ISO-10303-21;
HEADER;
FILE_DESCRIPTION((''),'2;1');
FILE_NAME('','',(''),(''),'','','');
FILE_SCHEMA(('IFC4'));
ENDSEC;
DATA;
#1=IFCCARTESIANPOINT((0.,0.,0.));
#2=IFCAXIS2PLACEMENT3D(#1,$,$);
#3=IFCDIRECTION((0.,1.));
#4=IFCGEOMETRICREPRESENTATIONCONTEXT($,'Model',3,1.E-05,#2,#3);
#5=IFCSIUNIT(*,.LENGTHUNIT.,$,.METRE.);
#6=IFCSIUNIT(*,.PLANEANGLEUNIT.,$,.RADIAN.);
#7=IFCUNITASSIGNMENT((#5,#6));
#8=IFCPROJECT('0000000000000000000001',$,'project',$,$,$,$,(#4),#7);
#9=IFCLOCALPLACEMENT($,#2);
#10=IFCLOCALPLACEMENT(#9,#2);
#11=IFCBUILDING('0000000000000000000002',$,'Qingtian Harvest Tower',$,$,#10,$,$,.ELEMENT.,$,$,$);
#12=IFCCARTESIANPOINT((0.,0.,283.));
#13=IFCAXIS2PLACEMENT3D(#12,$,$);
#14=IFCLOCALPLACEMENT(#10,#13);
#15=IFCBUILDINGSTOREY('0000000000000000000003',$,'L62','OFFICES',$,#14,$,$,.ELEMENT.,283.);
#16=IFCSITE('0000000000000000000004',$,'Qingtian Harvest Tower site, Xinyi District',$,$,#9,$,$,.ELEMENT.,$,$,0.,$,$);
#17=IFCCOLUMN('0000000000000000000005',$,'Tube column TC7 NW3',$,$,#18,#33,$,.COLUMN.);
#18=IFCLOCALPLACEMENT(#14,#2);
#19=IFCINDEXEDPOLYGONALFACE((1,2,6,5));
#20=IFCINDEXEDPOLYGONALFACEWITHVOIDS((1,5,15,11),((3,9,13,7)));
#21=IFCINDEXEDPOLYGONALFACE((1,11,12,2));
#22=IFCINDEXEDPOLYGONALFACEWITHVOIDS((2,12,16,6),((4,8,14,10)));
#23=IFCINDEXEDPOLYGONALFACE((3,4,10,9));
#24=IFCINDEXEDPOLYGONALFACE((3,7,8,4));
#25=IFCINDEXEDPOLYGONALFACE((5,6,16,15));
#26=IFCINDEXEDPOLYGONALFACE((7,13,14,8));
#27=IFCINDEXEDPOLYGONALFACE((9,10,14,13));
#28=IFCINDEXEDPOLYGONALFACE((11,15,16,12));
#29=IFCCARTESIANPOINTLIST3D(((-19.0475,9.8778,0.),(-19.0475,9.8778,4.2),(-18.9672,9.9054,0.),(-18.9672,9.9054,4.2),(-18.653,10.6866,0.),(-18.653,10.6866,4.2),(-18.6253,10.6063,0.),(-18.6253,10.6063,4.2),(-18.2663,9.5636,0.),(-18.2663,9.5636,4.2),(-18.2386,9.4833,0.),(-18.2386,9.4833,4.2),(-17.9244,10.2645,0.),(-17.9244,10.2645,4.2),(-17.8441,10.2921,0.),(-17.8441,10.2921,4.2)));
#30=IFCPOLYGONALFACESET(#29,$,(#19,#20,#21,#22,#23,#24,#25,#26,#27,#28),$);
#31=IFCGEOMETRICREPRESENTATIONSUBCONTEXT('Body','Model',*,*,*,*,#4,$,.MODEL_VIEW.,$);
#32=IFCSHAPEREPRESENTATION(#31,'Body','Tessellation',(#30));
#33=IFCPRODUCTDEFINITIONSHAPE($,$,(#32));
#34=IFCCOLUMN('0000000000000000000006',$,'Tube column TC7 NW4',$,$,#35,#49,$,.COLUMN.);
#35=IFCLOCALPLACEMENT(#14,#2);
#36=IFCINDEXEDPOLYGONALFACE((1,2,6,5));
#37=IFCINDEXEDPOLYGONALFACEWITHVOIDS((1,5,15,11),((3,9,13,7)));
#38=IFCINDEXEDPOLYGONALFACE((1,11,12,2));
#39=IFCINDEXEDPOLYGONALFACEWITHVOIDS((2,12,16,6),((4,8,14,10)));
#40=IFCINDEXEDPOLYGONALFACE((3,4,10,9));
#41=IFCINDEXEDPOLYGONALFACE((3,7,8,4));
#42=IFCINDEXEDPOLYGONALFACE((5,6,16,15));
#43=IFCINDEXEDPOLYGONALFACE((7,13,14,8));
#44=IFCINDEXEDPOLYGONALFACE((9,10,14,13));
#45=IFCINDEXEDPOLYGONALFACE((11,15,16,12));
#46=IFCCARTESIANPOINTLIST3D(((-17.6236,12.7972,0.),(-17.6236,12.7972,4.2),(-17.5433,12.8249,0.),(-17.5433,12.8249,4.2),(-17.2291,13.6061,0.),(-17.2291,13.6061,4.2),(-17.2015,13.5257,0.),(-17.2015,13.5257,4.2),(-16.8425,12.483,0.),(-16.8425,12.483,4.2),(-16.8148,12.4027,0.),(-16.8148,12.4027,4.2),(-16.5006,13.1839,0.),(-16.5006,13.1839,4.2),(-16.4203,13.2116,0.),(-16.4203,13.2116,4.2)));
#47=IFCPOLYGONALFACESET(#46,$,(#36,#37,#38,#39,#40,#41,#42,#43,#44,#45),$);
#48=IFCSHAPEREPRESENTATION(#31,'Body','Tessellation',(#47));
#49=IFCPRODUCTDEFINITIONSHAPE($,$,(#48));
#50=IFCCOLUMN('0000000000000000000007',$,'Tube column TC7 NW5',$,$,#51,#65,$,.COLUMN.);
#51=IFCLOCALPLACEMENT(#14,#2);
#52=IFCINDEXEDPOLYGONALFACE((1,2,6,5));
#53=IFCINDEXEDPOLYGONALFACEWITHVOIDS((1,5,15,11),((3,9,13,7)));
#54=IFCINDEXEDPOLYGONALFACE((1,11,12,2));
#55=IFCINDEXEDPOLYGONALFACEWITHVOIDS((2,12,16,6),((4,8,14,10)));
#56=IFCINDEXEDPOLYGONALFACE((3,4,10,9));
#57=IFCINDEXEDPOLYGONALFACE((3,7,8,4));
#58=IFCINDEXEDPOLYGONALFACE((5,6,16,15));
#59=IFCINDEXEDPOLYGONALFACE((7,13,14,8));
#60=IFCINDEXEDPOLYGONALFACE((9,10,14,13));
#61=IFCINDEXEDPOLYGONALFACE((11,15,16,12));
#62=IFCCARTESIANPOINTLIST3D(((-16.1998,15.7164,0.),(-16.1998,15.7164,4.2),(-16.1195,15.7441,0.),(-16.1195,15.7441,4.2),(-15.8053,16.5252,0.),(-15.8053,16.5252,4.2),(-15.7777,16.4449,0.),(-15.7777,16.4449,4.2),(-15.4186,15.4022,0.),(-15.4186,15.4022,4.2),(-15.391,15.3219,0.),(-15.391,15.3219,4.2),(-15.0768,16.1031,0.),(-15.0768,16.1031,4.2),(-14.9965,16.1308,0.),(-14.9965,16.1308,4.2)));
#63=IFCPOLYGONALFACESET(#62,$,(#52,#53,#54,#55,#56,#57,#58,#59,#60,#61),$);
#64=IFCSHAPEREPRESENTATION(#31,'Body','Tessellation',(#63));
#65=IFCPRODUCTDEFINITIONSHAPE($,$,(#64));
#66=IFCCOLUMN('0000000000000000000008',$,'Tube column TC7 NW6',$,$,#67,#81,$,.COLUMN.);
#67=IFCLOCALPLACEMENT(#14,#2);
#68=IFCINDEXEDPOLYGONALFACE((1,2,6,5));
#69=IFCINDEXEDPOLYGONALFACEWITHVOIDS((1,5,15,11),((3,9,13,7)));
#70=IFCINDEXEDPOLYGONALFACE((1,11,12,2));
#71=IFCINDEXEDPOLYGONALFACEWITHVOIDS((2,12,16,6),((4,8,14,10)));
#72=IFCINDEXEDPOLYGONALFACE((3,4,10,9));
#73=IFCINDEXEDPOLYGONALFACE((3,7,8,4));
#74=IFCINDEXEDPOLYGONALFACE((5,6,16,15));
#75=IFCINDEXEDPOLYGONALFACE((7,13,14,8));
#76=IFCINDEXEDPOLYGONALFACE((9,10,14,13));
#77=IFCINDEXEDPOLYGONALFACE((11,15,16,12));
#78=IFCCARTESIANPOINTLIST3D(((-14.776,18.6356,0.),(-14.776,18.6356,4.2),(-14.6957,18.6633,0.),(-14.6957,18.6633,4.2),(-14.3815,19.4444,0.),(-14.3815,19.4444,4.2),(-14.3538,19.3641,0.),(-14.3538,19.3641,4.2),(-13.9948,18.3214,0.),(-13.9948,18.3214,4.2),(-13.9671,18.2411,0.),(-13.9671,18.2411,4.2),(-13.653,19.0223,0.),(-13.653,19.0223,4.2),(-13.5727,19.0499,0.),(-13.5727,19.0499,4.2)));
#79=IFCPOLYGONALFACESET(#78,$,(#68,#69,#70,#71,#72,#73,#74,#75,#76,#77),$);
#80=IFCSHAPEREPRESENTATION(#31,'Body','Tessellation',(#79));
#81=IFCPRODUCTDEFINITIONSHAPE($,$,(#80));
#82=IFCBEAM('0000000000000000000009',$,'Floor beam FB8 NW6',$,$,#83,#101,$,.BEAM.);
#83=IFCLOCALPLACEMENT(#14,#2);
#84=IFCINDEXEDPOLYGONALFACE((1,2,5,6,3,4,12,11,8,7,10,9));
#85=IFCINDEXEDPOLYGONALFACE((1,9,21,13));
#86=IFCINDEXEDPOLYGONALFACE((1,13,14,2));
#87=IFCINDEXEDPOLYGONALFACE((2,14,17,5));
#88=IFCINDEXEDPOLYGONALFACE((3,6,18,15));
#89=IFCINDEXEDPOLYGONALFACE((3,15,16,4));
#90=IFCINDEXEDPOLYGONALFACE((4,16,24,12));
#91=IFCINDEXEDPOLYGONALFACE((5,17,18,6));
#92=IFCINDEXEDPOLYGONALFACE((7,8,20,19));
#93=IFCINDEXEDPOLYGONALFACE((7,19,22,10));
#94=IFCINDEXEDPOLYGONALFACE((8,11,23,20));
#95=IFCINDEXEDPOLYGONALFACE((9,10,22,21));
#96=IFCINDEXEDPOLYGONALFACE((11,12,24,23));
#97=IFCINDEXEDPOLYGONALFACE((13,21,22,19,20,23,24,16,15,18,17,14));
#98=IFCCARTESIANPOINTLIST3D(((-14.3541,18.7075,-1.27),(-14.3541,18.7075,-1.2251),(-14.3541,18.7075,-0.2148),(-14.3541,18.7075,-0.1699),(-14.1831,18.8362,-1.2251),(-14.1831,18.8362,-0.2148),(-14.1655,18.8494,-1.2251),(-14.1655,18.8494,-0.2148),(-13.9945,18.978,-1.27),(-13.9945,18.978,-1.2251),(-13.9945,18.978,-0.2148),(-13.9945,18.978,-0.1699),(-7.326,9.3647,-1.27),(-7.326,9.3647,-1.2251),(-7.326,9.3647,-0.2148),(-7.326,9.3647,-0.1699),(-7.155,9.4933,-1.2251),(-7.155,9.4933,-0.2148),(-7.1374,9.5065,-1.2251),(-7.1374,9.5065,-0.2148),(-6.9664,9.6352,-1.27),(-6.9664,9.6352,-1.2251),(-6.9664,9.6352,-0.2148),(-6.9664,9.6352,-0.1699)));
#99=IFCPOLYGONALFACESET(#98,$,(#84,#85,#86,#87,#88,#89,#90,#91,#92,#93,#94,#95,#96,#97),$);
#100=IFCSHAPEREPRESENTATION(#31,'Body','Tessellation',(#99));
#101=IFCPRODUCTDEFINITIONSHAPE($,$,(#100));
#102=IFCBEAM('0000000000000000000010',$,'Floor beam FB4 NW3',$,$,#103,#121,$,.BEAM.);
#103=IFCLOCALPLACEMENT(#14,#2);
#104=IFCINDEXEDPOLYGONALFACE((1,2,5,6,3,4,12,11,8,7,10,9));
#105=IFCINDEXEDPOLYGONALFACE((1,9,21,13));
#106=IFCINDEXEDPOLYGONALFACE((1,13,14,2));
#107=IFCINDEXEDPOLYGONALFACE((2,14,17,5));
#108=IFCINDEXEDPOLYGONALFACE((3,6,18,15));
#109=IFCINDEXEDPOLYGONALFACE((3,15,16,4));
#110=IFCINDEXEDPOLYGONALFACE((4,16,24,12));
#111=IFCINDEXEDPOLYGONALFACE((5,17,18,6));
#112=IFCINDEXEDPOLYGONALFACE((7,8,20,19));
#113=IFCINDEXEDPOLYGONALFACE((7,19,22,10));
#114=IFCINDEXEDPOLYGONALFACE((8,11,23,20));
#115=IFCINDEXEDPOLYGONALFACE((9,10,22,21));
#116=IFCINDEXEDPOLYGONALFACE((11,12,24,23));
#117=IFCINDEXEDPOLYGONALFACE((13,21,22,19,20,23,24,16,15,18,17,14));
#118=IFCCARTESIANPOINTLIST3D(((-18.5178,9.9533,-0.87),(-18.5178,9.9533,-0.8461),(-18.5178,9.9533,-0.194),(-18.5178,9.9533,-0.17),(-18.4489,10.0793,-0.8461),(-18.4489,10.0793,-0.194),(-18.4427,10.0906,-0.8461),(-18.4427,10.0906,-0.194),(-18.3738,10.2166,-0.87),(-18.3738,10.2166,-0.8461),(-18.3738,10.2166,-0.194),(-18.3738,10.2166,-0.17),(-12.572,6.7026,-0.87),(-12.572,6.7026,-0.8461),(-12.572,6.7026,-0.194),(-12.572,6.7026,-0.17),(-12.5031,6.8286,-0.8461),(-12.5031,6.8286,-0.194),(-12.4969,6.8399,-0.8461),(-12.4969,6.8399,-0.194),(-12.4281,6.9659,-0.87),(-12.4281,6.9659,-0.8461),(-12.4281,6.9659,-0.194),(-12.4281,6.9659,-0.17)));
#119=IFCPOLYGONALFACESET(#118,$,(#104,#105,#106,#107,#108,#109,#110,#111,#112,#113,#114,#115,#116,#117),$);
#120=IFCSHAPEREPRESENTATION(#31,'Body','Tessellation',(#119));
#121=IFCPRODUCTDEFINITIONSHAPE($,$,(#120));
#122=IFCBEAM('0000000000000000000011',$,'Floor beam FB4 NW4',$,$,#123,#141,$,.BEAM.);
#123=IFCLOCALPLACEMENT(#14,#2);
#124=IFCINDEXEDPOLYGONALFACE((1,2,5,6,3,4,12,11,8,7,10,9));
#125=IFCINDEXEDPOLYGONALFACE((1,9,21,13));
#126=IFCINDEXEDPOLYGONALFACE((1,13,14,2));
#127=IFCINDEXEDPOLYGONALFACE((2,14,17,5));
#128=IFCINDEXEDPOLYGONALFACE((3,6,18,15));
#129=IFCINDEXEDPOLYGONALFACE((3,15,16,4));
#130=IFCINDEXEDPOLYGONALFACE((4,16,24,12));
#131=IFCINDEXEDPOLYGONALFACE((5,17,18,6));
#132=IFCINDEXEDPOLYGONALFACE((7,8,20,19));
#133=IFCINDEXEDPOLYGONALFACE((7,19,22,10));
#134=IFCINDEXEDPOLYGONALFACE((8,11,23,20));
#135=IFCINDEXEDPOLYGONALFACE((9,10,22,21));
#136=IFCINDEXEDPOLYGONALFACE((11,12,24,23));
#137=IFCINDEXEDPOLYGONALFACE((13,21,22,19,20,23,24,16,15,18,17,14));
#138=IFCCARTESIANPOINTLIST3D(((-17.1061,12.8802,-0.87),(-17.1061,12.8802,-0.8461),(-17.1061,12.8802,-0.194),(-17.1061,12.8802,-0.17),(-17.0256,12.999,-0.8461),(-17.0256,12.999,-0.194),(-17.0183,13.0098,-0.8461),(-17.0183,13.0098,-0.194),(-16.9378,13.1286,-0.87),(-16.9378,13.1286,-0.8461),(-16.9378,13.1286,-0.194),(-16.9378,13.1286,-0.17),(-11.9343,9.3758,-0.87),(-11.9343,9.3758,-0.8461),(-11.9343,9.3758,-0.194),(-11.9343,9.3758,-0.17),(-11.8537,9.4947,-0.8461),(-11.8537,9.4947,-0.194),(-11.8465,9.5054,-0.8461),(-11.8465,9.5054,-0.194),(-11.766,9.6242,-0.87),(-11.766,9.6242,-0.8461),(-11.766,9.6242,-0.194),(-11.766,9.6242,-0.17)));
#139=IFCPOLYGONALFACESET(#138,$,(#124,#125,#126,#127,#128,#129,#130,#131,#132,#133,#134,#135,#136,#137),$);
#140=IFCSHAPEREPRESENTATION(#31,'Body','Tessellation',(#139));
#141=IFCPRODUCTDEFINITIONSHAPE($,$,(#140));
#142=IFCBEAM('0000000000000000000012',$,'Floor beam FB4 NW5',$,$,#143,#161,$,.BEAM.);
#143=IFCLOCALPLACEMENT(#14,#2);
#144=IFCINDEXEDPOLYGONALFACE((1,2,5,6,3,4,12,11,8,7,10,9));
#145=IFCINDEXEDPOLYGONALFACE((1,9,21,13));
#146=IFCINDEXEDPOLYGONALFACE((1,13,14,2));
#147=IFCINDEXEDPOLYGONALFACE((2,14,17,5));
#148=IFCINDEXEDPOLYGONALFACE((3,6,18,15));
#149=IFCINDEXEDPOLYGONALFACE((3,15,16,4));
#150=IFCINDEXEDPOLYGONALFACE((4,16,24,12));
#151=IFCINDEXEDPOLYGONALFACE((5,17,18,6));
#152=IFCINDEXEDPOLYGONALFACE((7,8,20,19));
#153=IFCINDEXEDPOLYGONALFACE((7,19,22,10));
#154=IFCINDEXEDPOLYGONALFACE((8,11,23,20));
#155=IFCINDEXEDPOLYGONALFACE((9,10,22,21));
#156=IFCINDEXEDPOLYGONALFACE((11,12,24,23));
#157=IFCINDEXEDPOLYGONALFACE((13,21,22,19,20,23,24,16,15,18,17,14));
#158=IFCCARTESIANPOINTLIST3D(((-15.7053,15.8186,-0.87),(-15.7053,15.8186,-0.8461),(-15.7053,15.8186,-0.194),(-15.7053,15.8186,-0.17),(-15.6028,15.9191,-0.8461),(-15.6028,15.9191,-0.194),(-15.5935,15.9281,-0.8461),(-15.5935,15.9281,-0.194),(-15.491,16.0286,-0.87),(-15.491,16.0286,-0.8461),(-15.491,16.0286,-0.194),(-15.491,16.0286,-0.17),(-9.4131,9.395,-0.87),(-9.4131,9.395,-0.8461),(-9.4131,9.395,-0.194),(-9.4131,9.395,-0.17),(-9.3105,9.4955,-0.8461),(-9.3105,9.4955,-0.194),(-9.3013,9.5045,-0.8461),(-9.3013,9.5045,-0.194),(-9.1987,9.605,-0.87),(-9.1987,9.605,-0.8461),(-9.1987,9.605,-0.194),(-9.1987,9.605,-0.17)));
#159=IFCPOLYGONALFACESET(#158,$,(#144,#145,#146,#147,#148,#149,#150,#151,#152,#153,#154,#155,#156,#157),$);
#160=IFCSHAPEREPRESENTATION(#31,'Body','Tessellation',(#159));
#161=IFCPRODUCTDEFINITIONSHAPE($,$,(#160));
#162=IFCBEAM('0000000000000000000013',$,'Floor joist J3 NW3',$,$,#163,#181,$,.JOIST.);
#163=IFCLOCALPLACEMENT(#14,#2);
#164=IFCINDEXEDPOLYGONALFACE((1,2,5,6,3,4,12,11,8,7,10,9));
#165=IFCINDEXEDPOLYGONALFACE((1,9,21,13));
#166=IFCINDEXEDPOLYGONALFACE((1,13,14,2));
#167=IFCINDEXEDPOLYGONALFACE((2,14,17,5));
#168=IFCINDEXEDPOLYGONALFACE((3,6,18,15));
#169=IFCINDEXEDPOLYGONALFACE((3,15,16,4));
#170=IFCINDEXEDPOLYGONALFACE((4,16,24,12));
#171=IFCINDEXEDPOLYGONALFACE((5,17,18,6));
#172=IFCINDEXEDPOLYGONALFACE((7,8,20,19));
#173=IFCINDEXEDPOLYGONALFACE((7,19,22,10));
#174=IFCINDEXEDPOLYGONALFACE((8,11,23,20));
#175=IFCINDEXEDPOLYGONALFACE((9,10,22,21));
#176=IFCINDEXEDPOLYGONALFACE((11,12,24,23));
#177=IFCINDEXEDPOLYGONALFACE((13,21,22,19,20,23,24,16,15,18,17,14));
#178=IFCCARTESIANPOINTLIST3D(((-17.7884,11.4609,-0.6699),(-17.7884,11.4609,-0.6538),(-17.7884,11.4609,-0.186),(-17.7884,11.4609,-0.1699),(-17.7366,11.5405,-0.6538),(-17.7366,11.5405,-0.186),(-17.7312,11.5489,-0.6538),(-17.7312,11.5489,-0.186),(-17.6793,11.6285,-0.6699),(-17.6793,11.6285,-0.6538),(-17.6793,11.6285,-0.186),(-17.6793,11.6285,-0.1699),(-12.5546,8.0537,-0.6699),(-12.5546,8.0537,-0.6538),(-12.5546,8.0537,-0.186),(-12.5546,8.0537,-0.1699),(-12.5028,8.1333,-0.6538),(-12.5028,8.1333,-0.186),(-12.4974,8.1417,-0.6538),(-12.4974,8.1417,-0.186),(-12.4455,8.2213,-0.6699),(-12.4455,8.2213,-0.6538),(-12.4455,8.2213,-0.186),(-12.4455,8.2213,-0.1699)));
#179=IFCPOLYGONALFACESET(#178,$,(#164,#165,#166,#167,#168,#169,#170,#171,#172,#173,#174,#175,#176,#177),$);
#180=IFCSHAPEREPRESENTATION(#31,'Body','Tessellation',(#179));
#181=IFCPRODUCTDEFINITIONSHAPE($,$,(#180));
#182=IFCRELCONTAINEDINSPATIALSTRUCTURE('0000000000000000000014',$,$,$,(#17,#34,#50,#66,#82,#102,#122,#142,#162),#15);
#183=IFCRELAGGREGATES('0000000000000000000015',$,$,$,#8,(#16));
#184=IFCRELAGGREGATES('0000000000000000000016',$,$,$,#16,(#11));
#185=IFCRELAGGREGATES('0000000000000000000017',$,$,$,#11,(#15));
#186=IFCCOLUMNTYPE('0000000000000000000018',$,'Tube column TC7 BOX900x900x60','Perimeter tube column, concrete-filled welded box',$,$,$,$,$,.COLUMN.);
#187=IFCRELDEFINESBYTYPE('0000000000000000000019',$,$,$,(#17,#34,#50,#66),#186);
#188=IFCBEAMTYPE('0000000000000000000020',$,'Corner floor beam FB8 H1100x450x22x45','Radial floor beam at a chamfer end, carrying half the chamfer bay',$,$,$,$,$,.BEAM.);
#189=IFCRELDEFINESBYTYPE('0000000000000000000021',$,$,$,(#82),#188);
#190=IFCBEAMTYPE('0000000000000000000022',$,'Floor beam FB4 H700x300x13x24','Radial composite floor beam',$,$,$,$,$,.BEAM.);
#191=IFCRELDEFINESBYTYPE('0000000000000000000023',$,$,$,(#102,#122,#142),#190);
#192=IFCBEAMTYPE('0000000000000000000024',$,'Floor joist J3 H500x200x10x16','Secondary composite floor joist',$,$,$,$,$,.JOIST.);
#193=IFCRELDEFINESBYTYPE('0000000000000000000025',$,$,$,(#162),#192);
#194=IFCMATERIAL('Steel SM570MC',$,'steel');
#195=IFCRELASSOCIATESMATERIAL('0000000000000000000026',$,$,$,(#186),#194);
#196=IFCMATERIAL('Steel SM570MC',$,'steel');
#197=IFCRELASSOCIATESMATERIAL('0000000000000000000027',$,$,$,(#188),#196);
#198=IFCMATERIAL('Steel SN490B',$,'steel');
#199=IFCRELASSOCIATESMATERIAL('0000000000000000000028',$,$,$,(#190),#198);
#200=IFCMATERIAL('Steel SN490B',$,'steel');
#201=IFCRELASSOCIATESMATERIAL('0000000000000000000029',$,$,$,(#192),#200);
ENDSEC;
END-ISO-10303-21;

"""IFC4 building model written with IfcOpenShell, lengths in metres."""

from ifc_helpers import new_model, si_unit, direction, frame, origin, origin_2d, place, context, subcontext, project, spatial, hollow_rectangle, i_section, extrude, material, material_profile, profile_set, type_object, element, save


model = new_model("IFC4")

# Units and contexts
model_context = context("Model", 3, precision=1e-05, world=origin(), true_north=direction((0.0, 1.0)))
body_context = subcontext(model_context, "Body", "Model", "MODEL_VIEW")
ifc_project = project(units=[si_unit("LENGTHUNIT", "METRE"), si_unit("PLANEANGLEUNIT", "RADIAN")], contexts=[model_context])

# Site, building, storey
site_placement = place(None, origin())
site = spatial("IfcSite", under=ifc_project, at=site_placement, Name="Qingtian Harvest Tower site, Xinyi District", CompositionType="ELEMENT", RefElevation=0.0)
building_placement = place(site_placement, origin())
building = spatial("IfcBuilding", under=site, at=building_placement, Name="Qingtian Harvest Tower", CompositionType="ELEMENT")
storey_placement = place(building_placement, frame((0.0, 0.0, 283.0)))
storey = spatial("IfcBuildingStorey", under=building, at=storey_placement, Name="L62", Description="OFFICES", CompositionType="ELEMENT", Elevation=283.0)

# Columns
ifc_material_1 = material(Name="Steel SM570MC", Category="steel")
ifc_material_profile_1 = material_profile(ifc_material_1, hollow_rectangle(XDim=0.8999, YDim=0.8999, WallThickness=0.0601, at=origin_2d()), Name="BOX900x900x60")
ifc_profile_set_1 = profile_set([ifc_material_profile_1], Name="Steel SM570MC")
column_type = type_object("IfcColumnType", Name="Tube column TC7 BOX900x900x60", Description="Perimeter tube column, concrete-filled welded box", PredefinedType="COLUMN", material=ifc_profile_set_1)
for number, where, z_axis, x_axis, name in (
    (1, (-18.4458, 10.085, 0.0), (0.0, 0.0, 1.0), (-0.438371, -0.898794, 0.0), "Tube column TC7 NW3"),
    (2, (-17.022, 13.0044, 0.0), (0.0, 0.0, 1.0), (-0.438371, -0.898794, 0.0), "Tube column TC7 NW4"),
    (3, (-15.5981, 15.9236, 0.0), (0.0, 0.0, 1.0), (-0.438371, -0.898794, 0.0), "Tube column TC7 NW5"),
    (4, (-14.1743, 18.8428, 0.0), (0.0, 0.0, 1.0), (-0.438371, -0.898794, 0.0), "Tube column TC7 NW6"),
):
    element("IfcColumn", number, at=place(storey_placement, frame(where, z_axis=z_axis, x_axis=x_axis)), inside=storey, type_object=column_type, Name=name, PredefinedType="COLUMN", context=body_context, shape_type="SweptSolid", body=[
        extrude(hollow_rectangle(XDim=0.8999, YDim=0.8999, WallThickness=0.0601, at=origin_2d()), origin(), (0.0, 0.0, 1.0), 4.2),
    ])

# Beams
ifc_material_2 = material(Name="Steel SM570MC", Category="steel")
ifc_material_profile_2 = material_profile(ifc_material_2, i_section(OverallWidth=0.45, OverallDepth=1.1001, WebThickness=0.022, FlangeThickness=0.0449, at=origin_2d()), Name="H1100x450x22x45")
ifc_profile_set_2 = profile_set([ifc_material_profile_2], Name="Steel SM570MC")
beam_type_1 = type_object("IfcBeamType", Name="Corner floor beam FB8 H1100x450x22x45", Description="Radial floor beam at a chamfer end, carrying half the chamfer bay", PredefinedType="BEAM", material=ifc_profile_set_2)
beam_1_placement = place(storey_placement, frame((-14.1743, 18.8428, -0.72), z_axis=(0.601149, -0.799137, 0.0), x_axis=(0.799137, 0.601149, 0.0)))
element("IfcBeam", 5, at=beam_1_placement, inside=storey, type_object=beam_type_1, Name="Floor beam FB8 NW6", PredefinedType="BEAM", context=body_context, shape_type="SweptSolid", body=[
    extrude(i_section(OverallWidth=0.45, OverallDepth=1.1001, WebThickness=0.022, FlangeThickness=0.0449, at=origin_2d()), origin(), (0.0, 0.0, 1.0), 11.6912),
])
ifc_material_3 = material(Name="Steel SN490B", Category="steel")
ifc_material_profile_3 = material_profile(ifc_material_3, i_section(OverallWidth=0.3, OverallDepth=0.7, WebThickness=0.0129, FlangeThickness=0.0239, at=origin_2d()), Name="H700x300x13x24")
ifc_profile_set_3 = profile_set([ifc_material_profile_3], Name="Steel SN490B")
beam_type_2 = type_object("IfcBeamType", Name="Floor beam FB4 H700x300x13x24", Description="Radial composite floor beam", PredefinedType="BEAM", material=ifc_profile_set_3)
beam_2_placement = place(storey_placement, frame((-18.4458, 10.085, -0.52), z_axis=(0.877426, -0.479713, 0.0), x_axis=(0.479713, 0.877426, 0.0)))
element("IfcBeam", 6, at=beam_2_placement, inside=storey, type_object=beam_type_2, Name="Floor beam FB4 NW3", PredefinedType="BEAM", context=body_context, shape_type="SweptSolid", body=[
    extrude(i_section(OverallWidth=0.3, OverallDepth=0.7, WebThickness=0.0129, FlangeThickness=0.0239, at=origin_2d()), origin(), (0.0, 0.0, 1.0), 6.7764),
])
beam_3_placement = place(storey_placement, frame((-17.022, 13.0044, -0.52), z_axis=(0.827854, -0.560943, 0.0), x_axis=(0.560943, 0.827854, 0.0)))
element("IfcBeam", 7, at=beam_3_placement, inside=storey, type_object=beam_type_2, Name="Floor beam FB4 NW4", PredefinedType="BEAM", context=body_context, shape_type="SweptSolid", body=[
    extrude(i_section(OverallWidth=0.3, OverallDepth=0.7, WebThickness=0.0129, FlangeThickness=0.0239, at=origin_2d()), origin(), (0.0, 0.0, 1.0), 6.2473),
])
beam_4_placement = place(storey_placement, frame((-15.5981, 15.9236, -0.52), z_axis=(0.699765, -0.714373, 0.0), x_axis=(0.714373, 0.699765, 0.0)))
element("IfcBeam", 8, at=beam_4_placement, inside=storey, type_object=beam_type_2, Name="Floor beam FB4 NW5", PredefinedType="BEAM", context=body_context, shape_type="SweptSolid", body=[
    extrude(i_section(OverallWidth=0.3, OverallDepth=0.7, WebThickness=0.0129, FlangeThickness=0.0239, at=origin_2d()), origin(), (0.0, 0.0, 1.0), 8.9919),
])
ifc_material_4 = material(Name="Steel SN490B", Category="steel")
ifc_material_profile_4 = material_profile(ifc_material_4, i_section(OverallWidth=0.2, OverallDepth=0.5, WebThickness=0.01, FlangeThickness=0.0161, at=origin_2d()), Name="H500x200x10x16")
ifc_profile_set_4 = profile_set([ifc_material_profile_4], Name="Steel SN490B")
beam_type_3 = type_object("IfcBeamType", Name="Floor joist J3 H500x200x10x16", Description="Secondary composite floor joist", PredefinedType="JOIST", material=ifc_profile_set_4)
beam_5_placement = place(storey_placement, frame((-17.7339, 11.5447, -0.4199), z_axis=(0.838063, -0.545574, 0.0), x_axis=(0.545574, 0.838063, 0.0)))
element("IfcBeam", 9, at=beam_5_placement, inside=storey, type_object=beam_type_3, Name="Floor joist J3 NW3", PredefinedType="JOIST", context=body_context, shape_type="SweptSolid", body=[
    extrude(i_section(OverallWidth=0.2, OverallDepth=0.5, WebThickness=0.01, FlangeThickness=0.0161, at=origin_2d()), origin(), (0.0, 0.0, 1.0), 6.2451),
])

save(model, "model.ifc")
